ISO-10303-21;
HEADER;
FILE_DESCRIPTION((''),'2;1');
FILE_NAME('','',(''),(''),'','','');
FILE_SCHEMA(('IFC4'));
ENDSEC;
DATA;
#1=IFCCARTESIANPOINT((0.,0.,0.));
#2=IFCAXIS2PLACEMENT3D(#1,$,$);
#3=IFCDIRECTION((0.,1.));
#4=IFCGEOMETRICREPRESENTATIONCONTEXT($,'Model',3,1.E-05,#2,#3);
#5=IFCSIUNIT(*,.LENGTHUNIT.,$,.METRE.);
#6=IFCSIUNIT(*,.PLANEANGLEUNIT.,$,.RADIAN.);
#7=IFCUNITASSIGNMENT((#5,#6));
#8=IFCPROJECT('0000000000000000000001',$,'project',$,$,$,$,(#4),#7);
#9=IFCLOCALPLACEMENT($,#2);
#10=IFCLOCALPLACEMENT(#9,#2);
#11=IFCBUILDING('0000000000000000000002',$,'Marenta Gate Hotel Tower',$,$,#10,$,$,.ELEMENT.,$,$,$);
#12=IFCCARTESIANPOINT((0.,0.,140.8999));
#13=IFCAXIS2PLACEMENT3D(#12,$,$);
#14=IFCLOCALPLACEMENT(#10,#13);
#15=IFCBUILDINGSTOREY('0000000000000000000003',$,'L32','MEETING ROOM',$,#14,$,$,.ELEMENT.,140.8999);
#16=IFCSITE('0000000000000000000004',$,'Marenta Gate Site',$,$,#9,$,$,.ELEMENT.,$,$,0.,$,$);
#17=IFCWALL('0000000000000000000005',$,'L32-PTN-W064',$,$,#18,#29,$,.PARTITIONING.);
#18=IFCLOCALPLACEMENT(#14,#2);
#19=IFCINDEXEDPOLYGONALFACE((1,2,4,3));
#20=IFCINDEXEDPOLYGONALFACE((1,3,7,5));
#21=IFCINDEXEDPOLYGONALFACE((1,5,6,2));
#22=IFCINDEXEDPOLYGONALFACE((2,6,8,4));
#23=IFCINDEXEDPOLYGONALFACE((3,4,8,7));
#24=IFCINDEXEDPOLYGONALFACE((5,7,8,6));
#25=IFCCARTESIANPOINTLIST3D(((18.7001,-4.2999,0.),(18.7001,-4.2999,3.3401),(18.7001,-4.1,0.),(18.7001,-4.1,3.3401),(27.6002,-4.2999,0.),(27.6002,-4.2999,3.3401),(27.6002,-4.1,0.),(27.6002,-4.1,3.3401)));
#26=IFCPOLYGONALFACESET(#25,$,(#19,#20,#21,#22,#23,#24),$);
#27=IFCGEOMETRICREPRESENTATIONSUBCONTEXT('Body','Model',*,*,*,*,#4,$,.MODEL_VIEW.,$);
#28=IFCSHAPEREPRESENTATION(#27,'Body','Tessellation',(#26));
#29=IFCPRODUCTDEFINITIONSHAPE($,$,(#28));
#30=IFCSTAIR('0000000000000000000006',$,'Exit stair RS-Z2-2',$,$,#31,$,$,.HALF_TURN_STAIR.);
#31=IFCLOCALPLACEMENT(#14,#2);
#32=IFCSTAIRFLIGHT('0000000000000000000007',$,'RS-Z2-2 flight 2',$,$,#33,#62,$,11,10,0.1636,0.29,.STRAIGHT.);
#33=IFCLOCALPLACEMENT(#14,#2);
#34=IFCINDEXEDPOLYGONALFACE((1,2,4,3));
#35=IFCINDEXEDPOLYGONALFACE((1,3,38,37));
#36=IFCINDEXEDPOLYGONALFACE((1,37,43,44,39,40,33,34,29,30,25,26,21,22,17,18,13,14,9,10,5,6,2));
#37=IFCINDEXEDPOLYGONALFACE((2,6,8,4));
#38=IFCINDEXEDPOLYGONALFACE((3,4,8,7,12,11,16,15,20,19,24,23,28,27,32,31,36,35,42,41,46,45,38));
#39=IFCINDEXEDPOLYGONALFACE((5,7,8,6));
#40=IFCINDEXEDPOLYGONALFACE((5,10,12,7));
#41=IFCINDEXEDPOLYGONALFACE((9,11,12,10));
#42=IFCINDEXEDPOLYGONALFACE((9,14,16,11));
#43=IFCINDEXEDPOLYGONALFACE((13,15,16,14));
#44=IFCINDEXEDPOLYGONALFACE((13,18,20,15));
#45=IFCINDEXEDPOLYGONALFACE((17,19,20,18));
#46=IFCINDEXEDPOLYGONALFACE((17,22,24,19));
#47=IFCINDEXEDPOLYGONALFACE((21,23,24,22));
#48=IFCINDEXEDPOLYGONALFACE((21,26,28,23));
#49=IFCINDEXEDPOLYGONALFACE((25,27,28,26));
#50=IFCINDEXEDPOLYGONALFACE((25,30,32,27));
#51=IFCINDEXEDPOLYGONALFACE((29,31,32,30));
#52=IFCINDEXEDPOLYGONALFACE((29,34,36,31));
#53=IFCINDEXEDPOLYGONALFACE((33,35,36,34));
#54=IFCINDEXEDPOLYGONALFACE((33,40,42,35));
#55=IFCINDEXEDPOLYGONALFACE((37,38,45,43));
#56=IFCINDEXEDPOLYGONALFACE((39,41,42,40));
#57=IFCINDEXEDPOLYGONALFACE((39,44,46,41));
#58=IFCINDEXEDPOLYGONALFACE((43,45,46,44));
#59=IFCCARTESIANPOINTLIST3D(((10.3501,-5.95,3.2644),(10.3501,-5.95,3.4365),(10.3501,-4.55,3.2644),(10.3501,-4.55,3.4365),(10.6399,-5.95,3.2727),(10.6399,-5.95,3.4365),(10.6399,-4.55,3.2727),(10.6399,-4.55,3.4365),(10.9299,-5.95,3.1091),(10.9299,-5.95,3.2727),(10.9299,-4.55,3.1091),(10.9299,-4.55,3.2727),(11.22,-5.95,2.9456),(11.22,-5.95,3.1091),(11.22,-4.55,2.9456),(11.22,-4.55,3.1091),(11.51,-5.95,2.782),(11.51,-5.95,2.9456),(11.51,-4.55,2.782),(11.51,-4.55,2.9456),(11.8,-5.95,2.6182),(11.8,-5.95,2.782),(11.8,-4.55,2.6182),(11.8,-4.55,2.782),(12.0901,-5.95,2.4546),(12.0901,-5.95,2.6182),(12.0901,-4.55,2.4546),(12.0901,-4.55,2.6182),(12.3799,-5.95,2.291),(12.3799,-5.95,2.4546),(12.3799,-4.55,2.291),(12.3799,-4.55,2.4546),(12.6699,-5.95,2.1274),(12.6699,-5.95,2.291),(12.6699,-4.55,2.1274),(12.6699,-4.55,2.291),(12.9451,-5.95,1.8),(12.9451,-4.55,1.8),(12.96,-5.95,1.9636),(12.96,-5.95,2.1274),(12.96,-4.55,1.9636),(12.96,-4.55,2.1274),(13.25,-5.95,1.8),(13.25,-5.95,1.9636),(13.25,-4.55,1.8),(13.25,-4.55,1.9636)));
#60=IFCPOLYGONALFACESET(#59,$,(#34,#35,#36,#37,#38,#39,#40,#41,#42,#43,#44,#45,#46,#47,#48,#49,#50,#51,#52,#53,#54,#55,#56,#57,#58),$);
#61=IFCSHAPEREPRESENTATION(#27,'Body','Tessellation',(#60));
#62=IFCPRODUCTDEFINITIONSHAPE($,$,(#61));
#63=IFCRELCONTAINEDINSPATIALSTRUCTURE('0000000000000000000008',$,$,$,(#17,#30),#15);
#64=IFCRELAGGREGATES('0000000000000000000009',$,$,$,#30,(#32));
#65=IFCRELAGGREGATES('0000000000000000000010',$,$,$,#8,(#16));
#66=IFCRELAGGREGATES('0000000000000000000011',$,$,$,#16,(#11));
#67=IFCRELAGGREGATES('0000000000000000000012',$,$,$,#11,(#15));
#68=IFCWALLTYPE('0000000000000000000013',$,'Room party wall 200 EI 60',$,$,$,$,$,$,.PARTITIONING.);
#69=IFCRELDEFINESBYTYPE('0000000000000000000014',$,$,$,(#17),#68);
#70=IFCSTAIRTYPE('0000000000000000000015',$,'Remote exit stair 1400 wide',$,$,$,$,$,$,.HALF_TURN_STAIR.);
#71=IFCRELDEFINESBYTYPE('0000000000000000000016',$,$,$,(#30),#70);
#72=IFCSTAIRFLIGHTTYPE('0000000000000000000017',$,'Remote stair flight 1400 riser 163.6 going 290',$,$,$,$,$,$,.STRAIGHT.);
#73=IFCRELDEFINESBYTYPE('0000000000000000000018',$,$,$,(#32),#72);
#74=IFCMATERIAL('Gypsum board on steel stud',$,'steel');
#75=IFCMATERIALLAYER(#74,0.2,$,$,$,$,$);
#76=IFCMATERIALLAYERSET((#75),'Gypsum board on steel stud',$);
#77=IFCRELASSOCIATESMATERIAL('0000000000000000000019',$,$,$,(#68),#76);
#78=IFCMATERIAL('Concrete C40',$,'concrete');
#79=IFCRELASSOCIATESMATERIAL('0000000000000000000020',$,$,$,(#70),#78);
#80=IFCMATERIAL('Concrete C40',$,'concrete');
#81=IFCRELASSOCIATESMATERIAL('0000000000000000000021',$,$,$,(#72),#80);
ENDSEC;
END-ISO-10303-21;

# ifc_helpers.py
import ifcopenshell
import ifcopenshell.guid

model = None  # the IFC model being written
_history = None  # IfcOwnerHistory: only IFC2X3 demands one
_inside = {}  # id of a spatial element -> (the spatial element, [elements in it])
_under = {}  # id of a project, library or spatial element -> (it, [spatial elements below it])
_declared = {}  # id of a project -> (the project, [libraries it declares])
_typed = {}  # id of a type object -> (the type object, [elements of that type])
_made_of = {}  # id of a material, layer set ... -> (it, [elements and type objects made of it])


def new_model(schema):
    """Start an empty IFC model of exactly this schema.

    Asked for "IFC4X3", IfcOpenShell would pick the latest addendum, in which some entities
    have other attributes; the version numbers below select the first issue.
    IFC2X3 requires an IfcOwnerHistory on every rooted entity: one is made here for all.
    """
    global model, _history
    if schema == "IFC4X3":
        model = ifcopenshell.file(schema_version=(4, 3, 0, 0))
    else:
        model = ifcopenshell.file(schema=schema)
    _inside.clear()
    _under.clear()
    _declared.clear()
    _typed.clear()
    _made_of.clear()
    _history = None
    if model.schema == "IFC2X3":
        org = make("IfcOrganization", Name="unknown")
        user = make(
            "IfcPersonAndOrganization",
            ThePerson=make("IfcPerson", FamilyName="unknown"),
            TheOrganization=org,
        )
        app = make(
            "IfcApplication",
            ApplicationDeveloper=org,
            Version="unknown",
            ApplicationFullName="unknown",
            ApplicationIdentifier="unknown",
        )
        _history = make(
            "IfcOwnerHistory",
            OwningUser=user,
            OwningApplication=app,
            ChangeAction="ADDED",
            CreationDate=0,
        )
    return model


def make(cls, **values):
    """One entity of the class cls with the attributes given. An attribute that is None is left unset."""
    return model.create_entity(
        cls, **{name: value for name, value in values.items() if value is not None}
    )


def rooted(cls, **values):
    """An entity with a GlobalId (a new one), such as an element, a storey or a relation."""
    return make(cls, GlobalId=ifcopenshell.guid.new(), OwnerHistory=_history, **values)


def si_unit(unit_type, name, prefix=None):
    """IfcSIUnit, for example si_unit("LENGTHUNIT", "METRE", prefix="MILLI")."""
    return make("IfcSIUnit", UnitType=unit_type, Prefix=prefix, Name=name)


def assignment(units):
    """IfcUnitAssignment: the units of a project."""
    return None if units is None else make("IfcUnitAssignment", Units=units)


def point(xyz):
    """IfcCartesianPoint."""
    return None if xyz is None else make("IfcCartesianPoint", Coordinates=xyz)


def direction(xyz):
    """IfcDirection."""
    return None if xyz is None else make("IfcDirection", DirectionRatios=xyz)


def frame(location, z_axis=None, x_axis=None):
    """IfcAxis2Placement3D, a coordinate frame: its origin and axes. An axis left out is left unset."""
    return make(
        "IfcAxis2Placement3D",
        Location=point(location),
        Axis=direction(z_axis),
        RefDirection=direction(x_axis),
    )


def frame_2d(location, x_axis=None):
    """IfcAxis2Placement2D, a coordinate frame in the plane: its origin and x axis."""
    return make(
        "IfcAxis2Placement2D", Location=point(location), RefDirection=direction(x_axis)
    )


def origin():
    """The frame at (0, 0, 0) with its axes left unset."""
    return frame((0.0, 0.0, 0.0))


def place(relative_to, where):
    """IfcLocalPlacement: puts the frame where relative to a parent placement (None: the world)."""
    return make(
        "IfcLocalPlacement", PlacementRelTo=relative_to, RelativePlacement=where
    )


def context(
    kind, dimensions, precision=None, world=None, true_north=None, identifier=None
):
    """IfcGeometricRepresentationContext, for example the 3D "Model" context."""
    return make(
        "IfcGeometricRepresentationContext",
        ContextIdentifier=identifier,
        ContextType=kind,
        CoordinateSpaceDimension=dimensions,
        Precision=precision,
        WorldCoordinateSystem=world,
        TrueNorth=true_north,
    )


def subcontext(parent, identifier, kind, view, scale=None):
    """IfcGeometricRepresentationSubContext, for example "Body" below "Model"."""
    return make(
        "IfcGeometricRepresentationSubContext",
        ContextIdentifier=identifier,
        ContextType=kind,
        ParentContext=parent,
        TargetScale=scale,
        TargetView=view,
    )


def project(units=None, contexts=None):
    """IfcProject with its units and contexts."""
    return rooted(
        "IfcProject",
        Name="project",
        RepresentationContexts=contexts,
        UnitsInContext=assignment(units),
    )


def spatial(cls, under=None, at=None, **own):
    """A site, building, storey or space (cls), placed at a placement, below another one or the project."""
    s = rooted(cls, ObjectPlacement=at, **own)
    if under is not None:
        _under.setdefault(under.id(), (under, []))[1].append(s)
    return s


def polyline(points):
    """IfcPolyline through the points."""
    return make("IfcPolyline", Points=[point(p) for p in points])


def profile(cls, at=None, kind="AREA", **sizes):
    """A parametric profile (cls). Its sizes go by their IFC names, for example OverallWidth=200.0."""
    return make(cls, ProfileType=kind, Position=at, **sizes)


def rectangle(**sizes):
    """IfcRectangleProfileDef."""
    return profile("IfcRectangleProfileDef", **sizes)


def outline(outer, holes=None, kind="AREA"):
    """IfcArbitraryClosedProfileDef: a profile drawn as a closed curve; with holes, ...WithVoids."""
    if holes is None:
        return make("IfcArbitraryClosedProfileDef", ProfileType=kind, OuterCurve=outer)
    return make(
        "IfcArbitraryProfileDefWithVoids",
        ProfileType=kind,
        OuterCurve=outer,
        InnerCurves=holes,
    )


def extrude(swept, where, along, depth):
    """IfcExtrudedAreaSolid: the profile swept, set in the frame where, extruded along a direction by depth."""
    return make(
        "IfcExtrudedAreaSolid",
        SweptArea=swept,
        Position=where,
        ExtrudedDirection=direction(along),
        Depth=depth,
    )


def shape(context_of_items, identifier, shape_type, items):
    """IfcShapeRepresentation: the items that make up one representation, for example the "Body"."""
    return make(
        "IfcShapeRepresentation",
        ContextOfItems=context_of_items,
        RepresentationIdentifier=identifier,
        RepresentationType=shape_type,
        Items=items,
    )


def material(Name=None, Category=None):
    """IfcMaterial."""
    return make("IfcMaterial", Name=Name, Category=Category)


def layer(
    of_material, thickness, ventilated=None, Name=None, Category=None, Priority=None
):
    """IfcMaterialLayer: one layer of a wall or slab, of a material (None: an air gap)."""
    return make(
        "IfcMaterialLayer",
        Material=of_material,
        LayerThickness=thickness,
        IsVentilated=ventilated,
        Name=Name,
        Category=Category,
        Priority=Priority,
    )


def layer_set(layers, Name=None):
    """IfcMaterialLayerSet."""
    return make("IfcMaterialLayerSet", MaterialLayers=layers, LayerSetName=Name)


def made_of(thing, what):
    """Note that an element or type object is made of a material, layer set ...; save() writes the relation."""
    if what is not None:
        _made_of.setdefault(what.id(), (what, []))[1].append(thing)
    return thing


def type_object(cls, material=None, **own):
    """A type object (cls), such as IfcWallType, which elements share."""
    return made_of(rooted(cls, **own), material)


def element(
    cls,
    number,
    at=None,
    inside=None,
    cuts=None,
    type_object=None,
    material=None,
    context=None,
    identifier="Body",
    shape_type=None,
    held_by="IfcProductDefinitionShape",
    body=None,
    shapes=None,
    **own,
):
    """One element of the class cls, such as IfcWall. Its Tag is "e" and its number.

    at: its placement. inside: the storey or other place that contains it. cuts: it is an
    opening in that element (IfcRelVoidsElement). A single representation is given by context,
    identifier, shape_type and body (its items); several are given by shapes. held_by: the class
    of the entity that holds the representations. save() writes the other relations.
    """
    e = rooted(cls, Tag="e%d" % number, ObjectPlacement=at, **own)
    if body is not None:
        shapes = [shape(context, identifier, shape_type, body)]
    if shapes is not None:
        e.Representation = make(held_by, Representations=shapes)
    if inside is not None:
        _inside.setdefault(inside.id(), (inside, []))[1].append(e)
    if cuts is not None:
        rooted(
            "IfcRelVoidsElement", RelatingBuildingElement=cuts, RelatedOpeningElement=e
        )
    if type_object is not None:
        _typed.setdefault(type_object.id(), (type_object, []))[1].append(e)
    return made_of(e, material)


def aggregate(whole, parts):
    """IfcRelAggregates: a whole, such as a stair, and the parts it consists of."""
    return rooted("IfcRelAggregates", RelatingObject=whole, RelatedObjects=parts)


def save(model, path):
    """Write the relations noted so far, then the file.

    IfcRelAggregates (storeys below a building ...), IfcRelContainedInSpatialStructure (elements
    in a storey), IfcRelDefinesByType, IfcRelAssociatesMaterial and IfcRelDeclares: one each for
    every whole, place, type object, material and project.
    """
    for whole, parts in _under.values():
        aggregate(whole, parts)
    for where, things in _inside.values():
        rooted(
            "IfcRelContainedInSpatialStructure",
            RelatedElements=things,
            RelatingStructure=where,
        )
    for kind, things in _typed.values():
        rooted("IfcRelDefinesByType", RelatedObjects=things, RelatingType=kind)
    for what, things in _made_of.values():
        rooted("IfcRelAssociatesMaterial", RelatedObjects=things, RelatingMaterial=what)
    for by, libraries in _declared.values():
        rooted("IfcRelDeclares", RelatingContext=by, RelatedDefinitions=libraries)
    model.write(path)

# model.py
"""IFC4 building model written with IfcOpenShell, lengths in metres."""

from ifc_helpers import new_model, si_unit, direction, frame, frame_2d, origin, place, context, subcontext, project, spatial, polyline, rectangle, outline, extrude, material, layer, layer_set, type_object, element, aggregate, save


model = new_model("IFC4")

# Units and contexts
model_context = context("Model", 3, precision=1e-05, world=origin(), true_north=direction((0.0, 1.0)))
body_context = subcontext(model_context, "Body", "Model", "MODEL_VIEW")
ifc_project = project(units=[si_unit("LENGTHUNIT", "METRE"), si_unit("PLANEANGLEUNIT", "RADIAN")], contexts=[model_context])

# Site, building, storey
site_placement = place(None, origin())
site = spatial("IfcSite", under=ifc_project, at=site_placement, Name="Marenta Gate Site", CompositionType="ELEMENT", RefElevation=0.0)
building_placement = place(site_placement, origin())
building = spatial("IfcBuilding", under=site, at=building_placement, Name="Marenta Gate Hotel Tower", CompositionType="ELEMENT")
storey_placement = place(building_placement, frame((0.0, 0.0, 140.8999)))
storey = spatial("IfcBuildingStorey", under=building, at=storey_placement, Name="L32", Description="MEETING ROOM", CompositionType="ELEMENT", Elevation=140.8999)

# Wall
ifc_material_1 = material(Name="Gypsum board on steel stud", Category="steel")
ifc_layer_1 = layer(ifc_material_1, 0.2)
ifc_layer_set_1 = layer_set([ifc_layer_1], Name="Gypsum board on steel stud")
wall_type_1 = type_object("IfcWallType", Name="Room party wall 200 EI 60", PredefinedType="PARTITIONING", material=ifc_layer_set_1)
wall_1_placement = place(storey_placement, frame((18.7, -4.2, 0.0), z_axis=(0.0, 0.0, 1.0), x_axis=(1.0, 0.0, 0.0)))
element("IfcWall", 1, at=wall_1_placement, inside=storey, type_object=wall_type_1, Name="L32-PTN-W064", PredefinedType="PARTITIONING", context=body_context, shape_type="SweptSolid", body=[
    extrude(rectangle(XDim=8.9001, YDim=0.2, at=frame_2d((4.4502, 0.0))), origin(), (0.0, 0.0, 1.0), 3.3401),
])

# Stair, stair flight
ifc_material_2 = material(Name="Concrete C40", Category="concrete")
stair_type = type_object("IfcStairType", Name="Remote exit stair 1400 wide", PredefinedType="HALF_TURN_STAIR", material=ifc_material_2)
stair_placement = place(storey_placement, origin())
stair = element("IfcStair", 2, at=stair_placement, inside=storey, type_object=stair_type, Name="Exit stair RS-Z2-2", PredefinedType="HALF_TURN_STAIR")
ifc_material_3 = material(Name="Concrete C40", Category="concrete")
stair_flight_type = type_object("IfcStairFlightType", Name="Remote stair flight 1400 riser 163.6 going 290", PredefinedType="STRAIGHT", material=ifc_material_3)
stair_flight_placement = place(storey_placement, frame((13.25, -5.25, 1.8), z_axis=(0.0, 0.0, 1.0), x_axis=(-1.0, 0.0, 0.0)))
stair_flight = element("IfcStairFlight", 3, at=stair_flight_placement, type_object=stair_flight_type, Name="RS-Z2-2 flight 2", NumberOfRisers=11, NumberOfTreads=10, PredefinedType="STRAIGHT", RiserHeight=0.1636, TreadLength=0.29, context=body_context, shape_type="SweptSolid", body=[
    extrude(outline(polyline([(0.0, 0.0), (0.0, 0.1636), (0.29, 0.1636), (0.29, 0.3274), (0.5801, 0.3274), (0.5801, 0.491), (0.8701, 0.491), (0.8701, 0.6545), (1.1599, 0.6545), (1.1599, 0.8181), (1.45, 0.8181), (1.45, 0.9819), (1.74, 0.9819), (1.74, 1.1455), (2.03, 1.1455), (2.03, 1.3091), (2.3201, 1.3091), (2.3201, 1.4727), (2.6101, 1.4727), (2.6101, 1.6365), (2.8999, 1.6365), (2.8999, 1.8), (2.8999, 1.4644), (0.3049, 0.0), (0.0, 0.0)])), frame((0.0, 0.7, 0.0), z_axis=(0.0, -1.0, 0.0), x_axis=(1.0, 0.0, 0.0)), (0.0, 0.0, 1.0), 1.3999),
])
aggregate(stair, [stair_flight])

save(model, "model.ifc")
